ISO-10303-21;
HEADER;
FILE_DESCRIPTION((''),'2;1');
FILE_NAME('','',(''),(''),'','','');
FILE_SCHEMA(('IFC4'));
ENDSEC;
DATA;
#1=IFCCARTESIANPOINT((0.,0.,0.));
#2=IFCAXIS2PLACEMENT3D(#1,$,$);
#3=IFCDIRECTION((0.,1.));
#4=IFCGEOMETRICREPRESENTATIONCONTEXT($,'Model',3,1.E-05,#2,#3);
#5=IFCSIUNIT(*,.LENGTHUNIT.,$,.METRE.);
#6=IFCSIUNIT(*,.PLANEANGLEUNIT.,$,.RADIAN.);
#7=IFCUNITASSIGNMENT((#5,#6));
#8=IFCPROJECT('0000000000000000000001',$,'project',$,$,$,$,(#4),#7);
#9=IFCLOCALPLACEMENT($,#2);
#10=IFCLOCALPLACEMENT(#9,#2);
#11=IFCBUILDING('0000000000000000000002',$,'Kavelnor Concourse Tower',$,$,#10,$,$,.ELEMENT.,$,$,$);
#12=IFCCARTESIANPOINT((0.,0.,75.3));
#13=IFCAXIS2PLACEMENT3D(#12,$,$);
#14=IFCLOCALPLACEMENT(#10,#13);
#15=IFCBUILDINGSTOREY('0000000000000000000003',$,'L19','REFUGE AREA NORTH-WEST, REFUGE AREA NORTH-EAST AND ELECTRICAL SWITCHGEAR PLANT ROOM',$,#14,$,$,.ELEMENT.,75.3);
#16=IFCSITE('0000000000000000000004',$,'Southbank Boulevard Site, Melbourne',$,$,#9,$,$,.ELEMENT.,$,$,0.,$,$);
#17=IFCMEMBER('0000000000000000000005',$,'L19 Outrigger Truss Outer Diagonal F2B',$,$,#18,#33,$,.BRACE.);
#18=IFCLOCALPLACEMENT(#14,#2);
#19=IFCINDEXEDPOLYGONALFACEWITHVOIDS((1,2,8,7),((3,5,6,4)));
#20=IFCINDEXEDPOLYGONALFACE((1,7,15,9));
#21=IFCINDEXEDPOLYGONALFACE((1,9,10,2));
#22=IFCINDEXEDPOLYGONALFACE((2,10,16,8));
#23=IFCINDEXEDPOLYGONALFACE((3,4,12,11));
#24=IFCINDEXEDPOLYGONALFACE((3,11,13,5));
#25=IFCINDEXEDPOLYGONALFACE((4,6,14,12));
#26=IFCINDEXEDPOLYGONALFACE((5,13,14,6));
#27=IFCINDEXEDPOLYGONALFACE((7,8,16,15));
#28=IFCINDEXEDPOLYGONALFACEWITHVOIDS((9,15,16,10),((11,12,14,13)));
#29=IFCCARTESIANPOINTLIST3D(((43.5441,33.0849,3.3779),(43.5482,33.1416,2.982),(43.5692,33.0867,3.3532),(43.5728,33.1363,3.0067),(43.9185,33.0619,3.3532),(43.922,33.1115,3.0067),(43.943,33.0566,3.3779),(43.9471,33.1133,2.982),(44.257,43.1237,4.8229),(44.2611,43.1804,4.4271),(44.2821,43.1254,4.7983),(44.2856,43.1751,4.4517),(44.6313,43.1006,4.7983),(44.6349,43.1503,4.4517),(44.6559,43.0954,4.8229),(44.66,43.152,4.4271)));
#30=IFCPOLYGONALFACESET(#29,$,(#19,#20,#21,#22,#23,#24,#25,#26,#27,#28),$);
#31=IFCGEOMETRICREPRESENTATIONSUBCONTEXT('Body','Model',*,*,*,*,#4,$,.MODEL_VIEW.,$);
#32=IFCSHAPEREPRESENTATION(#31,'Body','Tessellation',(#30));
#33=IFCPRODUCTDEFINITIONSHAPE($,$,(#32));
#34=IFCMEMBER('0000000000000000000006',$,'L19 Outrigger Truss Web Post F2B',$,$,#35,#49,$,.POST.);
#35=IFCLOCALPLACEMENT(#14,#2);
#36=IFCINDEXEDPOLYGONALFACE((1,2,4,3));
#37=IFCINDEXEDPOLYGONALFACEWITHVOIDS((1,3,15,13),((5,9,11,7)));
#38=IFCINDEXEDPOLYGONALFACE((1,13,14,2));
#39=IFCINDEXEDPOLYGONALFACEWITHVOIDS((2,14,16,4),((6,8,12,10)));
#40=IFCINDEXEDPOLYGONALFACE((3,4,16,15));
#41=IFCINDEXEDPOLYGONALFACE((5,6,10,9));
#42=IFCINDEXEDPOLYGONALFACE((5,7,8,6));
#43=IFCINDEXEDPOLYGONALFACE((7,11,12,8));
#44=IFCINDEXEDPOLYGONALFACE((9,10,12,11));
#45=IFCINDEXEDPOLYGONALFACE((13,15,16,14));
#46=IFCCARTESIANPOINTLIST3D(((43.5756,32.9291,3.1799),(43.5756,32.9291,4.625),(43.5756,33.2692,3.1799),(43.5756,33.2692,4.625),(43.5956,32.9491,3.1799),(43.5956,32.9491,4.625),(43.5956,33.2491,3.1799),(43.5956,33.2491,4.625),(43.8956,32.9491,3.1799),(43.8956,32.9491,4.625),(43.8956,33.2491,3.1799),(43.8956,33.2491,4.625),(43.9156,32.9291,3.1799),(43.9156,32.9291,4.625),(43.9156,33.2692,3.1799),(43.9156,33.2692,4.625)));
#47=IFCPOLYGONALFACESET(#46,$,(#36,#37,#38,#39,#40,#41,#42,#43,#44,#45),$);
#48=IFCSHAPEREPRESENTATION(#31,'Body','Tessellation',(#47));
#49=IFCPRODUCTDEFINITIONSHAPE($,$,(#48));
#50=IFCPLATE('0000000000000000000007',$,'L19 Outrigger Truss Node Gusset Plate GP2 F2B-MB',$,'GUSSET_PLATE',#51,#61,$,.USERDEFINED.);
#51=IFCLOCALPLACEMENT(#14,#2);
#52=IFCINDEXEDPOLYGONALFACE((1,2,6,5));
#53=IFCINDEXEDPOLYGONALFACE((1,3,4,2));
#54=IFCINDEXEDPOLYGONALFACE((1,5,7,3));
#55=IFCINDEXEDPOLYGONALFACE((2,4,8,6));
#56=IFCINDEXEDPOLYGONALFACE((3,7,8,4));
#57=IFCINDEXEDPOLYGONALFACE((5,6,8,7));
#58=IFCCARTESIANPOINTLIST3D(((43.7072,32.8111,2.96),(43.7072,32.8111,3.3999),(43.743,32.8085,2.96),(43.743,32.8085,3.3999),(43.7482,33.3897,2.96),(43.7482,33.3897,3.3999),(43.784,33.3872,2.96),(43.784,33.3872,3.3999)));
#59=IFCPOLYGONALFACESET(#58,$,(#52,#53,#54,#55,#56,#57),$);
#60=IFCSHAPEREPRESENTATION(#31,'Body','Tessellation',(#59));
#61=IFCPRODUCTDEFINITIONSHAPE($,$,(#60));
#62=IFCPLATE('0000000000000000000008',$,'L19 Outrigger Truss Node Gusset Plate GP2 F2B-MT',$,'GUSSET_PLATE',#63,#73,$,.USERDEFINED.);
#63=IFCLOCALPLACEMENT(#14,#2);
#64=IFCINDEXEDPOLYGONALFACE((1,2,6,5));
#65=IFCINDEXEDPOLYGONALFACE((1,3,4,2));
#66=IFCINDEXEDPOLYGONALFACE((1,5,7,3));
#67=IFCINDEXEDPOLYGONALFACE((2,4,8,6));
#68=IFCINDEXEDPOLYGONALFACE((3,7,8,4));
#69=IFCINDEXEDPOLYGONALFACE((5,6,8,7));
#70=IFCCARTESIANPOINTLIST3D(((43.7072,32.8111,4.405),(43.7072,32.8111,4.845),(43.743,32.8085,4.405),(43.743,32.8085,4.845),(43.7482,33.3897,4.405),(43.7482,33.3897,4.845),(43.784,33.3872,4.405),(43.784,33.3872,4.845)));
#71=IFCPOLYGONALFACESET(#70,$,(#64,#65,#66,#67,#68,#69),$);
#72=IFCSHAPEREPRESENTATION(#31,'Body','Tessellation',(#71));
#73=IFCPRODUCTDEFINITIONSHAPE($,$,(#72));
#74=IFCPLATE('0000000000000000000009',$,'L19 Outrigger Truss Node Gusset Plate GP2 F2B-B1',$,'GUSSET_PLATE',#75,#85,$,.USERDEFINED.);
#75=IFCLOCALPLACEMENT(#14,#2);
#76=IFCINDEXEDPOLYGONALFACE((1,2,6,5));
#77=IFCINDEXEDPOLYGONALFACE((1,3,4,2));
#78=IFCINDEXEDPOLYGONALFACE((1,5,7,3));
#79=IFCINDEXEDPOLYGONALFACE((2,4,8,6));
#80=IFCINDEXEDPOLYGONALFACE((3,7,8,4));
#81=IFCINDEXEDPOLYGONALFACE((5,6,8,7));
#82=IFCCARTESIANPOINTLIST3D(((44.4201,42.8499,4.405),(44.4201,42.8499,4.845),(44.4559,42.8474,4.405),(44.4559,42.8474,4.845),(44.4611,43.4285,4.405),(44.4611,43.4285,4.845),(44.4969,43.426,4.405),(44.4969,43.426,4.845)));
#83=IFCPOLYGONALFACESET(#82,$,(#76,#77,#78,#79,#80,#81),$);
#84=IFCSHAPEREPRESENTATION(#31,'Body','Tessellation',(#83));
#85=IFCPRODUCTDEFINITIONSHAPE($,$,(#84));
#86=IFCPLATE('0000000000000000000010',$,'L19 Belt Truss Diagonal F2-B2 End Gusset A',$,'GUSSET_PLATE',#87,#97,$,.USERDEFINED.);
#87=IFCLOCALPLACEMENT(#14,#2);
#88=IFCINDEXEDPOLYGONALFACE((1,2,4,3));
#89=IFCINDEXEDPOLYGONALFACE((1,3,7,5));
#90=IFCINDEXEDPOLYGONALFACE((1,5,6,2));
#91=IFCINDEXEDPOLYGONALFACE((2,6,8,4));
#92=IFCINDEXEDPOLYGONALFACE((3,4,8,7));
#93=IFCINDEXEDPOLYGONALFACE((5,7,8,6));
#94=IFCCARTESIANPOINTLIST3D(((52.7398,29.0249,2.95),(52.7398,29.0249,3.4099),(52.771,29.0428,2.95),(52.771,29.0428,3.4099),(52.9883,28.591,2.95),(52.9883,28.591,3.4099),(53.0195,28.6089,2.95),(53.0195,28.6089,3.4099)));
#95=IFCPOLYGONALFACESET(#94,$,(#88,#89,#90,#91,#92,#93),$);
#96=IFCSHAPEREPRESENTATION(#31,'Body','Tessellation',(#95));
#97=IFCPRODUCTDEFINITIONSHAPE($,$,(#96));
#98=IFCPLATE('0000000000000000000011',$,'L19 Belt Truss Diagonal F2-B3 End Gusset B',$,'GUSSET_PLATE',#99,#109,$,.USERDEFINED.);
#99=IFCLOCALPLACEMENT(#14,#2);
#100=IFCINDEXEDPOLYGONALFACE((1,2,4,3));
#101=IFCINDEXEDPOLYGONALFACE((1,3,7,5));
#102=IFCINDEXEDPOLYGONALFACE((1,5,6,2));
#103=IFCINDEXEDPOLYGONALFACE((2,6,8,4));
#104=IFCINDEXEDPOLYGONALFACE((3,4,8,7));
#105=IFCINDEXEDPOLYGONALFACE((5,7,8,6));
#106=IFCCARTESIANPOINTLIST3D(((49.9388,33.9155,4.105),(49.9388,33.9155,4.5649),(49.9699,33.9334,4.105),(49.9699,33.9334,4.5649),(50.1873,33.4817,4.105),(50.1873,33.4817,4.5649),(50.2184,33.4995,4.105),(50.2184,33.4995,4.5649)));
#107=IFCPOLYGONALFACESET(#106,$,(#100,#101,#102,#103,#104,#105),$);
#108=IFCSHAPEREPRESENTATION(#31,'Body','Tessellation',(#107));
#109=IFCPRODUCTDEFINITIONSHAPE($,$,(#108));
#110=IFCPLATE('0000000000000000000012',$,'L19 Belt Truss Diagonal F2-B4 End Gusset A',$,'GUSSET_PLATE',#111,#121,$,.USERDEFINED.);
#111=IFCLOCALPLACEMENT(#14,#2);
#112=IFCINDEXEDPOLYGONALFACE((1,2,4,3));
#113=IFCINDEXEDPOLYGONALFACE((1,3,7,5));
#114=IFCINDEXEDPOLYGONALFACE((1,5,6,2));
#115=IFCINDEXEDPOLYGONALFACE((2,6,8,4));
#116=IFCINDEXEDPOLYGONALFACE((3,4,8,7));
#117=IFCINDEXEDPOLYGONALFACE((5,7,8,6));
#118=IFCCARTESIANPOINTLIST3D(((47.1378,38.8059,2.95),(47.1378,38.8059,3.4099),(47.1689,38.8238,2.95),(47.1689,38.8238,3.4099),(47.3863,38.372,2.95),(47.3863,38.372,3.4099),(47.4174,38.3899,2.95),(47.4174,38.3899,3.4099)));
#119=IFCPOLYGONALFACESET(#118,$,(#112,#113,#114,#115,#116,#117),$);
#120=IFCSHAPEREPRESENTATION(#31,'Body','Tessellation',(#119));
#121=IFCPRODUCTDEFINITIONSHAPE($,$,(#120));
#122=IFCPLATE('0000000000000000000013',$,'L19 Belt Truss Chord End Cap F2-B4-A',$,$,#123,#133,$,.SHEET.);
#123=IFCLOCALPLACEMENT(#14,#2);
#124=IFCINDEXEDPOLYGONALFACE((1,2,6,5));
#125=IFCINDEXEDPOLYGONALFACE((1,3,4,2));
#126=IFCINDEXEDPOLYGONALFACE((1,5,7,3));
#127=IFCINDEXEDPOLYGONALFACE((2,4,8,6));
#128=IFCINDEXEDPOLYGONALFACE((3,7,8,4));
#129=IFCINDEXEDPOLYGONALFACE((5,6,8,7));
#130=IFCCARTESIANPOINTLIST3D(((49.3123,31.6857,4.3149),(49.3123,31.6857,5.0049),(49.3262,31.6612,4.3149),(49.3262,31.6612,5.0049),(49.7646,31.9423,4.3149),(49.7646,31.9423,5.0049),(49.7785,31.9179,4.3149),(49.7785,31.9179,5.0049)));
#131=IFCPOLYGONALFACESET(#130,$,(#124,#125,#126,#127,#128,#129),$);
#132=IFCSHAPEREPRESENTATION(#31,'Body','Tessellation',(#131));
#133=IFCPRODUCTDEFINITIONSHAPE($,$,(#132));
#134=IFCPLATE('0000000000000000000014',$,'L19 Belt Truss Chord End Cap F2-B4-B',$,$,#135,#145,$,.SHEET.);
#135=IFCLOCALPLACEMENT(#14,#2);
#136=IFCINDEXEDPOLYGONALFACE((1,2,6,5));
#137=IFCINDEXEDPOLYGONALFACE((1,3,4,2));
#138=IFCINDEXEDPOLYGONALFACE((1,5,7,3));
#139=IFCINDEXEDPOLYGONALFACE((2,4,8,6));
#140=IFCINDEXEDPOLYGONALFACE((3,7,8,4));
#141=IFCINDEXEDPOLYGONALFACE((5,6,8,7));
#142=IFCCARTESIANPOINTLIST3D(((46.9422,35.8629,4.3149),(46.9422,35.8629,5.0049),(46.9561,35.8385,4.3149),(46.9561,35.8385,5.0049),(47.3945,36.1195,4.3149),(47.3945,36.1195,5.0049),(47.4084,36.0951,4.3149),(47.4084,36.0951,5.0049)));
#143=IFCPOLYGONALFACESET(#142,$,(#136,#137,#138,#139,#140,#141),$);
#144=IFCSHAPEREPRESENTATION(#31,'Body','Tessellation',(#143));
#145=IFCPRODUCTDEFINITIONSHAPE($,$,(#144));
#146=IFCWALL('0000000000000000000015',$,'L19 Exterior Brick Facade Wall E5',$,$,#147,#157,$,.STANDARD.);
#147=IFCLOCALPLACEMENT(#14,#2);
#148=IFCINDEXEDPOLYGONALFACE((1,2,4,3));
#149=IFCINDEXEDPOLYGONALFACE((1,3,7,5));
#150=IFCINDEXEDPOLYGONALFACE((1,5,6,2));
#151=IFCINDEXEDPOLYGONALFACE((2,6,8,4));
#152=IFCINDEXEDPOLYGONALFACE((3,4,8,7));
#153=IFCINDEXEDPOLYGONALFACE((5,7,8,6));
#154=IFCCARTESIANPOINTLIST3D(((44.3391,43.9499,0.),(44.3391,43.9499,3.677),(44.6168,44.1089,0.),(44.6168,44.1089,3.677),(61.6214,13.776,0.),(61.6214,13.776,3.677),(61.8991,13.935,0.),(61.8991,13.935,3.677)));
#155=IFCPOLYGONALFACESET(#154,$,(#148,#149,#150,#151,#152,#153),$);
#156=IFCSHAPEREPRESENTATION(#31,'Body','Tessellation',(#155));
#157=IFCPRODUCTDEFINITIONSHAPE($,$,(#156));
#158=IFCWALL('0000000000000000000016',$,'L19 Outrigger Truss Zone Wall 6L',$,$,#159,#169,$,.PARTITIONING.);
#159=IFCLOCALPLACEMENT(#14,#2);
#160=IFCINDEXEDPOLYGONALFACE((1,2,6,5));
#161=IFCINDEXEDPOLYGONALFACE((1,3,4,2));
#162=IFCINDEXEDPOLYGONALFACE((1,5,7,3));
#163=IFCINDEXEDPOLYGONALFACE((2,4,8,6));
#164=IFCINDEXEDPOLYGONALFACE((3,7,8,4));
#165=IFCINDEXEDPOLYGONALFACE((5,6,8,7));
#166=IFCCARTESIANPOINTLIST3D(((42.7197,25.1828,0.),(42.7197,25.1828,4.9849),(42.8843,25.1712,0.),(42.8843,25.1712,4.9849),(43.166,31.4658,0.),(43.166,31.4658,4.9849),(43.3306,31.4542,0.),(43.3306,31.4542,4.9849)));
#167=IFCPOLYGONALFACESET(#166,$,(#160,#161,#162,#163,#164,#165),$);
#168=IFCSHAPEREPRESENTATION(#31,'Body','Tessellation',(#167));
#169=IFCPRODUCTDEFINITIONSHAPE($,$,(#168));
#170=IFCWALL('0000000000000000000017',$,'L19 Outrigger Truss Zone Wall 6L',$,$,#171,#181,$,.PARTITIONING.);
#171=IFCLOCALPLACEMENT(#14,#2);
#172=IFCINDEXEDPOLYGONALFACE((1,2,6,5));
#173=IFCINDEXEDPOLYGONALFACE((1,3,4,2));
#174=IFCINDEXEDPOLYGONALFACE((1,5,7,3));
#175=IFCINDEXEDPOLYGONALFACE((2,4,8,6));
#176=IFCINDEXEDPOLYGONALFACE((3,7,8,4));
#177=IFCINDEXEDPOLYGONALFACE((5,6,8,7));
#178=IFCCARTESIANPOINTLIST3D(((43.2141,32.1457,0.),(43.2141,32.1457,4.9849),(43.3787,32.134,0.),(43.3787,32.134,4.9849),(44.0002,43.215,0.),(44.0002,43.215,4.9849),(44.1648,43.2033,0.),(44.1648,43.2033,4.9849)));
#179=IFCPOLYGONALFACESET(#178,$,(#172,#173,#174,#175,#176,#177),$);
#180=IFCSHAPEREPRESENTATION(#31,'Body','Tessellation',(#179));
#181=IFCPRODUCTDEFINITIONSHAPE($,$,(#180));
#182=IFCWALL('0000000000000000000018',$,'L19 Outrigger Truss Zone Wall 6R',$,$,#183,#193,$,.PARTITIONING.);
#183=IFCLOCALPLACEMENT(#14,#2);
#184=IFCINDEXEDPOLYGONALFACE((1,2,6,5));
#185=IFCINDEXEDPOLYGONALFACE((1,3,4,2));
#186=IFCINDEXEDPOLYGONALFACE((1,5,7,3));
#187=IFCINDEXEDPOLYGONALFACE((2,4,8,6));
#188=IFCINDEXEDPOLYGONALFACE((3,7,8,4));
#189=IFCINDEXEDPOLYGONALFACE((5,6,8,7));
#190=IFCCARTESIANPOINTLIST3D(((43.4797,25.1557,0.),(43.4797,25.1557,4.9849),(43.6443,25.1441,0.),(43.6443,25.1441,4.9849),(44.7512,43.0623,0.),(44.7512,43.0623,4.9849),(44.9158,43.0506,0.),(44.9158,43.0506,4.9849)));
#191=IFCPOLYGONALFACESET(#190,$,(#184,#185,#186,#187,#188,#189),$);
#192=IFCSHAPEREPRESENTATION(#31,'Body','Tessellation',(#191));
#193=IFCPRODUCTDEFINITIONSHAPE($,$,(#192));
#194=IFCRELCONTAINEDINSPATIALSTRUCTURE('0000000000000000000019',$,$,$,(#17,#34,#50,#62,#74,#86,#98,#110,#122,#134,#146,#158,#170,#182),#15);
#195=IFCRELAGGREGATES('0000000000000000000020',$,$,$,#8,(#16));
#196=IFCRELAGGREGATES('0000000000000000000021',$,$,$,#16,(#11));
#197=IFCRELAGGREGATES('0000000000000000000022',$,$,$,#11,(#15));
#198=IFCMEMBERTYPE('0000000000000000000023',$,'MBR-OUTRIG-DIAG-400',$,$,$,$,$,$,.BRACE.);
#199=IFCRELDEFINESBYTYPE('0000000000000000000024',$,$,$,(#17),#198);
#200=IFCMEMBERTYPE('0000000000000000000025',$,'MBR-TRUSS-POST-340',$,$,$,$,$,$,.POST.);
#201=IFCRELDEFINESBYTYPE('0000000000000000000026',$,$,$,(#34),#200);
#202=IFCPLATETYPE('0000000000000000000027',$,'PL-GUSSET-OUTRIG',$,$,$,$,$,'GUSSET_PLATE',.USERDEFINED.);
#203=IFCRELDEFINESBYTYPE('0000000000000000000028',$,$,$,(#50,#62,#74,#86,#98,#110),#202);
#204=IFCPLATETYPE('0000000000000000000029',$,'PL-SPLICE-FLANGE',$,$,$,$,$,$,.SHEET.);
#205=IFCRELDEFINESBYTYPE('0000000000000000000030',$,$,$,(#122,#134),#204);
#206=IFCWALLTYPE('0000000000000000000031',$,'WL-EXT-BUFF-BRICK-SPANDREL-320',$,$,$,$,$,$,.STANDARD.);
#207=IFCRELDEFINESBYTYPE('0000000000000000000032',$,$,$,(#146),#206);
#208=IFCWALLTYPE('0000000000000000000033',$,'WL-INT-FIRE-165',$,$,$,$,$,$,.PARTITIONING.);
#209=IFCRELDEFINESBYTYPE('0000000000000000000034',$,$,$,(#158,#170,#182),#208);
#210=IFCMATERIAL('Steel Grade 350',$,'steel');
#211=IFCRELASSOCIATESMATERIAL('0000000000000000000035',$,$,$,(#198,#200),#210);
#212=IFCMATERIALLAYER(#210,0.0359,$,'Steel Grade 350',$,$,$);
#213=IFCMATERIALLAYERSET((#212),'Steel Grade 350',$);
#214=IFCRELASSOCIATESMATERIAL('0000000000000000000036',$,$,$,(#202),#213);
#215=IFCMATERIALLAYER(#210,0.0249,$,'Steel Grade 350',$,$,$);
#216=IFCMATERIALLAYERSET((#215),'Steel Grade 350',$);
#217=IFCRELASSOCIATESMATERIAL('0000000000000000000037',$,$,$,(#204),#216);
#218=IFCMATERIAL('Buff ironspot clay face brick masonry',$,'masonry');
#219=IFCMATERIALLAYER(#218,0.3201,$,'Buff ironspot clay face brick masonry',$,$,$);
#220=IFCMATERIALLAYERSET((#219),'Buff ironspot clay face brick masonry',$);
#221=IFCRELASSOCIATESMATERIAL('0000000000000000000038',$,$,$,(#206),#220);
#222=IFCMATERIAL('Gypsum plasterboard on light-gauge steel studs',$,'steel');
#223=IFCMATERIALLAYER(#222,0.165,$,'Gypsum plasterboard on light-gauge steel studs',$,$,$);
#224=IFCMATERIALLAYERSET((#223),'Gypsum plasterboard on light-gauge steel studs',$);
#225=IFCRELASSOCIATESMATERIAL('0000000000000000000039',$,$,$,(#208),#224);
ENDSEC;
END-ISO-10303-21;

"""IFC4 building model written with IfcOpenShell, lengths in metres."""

from ifc_helpers import new_model, si_unit, direction, frame, frame_2d, origin, origin_2d, place, context, subcontext, project, spatial, rectangle, hollow_rectangle, extrude, material, layer, layer_set, material_profile, profile_set, type_object, element, save


model = new_model("IFC4")

# Units and contexts
model_context = context("Model", 3, precision=1e-05, world=origin(), true_north=direction((0.0, 1.0)))
body_context = subcontext(model_context, "Body", "Model", "MODEL_VIEW")
ifc_project = project(units=[si_unit("LENGTHUNIT", "METRE"), si_unit("PLANEANGLEUNIT", "RADIAN")], contexts=[model_context])

# Site, building, storey
site_placement = place(None, origin())
site = spatial("IfcSite", under=ifc_project, at=site_placement, Name="Southbank Boulevard Site, Melbourne", CompositionType="ELEMENT", RefElevation=0.0)
building_placement = place(site_placement, origin())
building = spatial("IfcBuilding", under=site, at=building_placement, Name="Kavelnor Concourse Tower", CompositionType="ELEMENT")
storey_placement = place(building_placement, frame((0.0, 0.0, 75.3)))
storey = spatial("IfcBuildingStorey", under=building, at=storey_placement, Name="L19", Description="REFUGE AREA NORTH-WEST, REFUGE AREA NORTH-EAST AND ELECTRICAL SWITCHGEAR PLANT ROOM", CompositionType="ELEMENT", Elevation=75.3)

# Shared definitions
ifc_material_1 = material(Name="Steel Grade 350", Category="steel")

# Members
ifc_material_profile_1 = material_profile(ifc_material_1, hollow_rectangle(XDim=0.3999, YDim=0.3999, WallThickness=0.0249, at=origin_2d()), Name="SHS 400x400x25")
ifc_profile_set_1 = profile_set([ifc_material_profile_1], Name="Steel Grade 350")
member_type_1 = type_object("IfcMemberType", Name="MBR-OUTRIG-DIAG-400", PredefinedType="BRACE", material=ifc_profile_set_1)
member_1_placement = place(storey_placement, frame((43.7456, 33.0991, 3.1799), z_axis=(0.070116, 0.987362, 0.142129), x_axis=(-0.997488, 0.070835, 0.0)))
element("IfcMember", 1, at=member_1_placement, inside=storey, type_object=member_type_1, Name="L19 Outrigger Truss Outer Diagonal F2B", PredefinedType="BRACE", context=body_context, shape_type="SweptSolid", body=[
    extrude(hollow_rectangle(XDim=0.3999, YDim=0.3999, WallThickness=0.0249, at=origin_2d()), origin(), (0.0, 0.0, 1.0), 10.1672),
])
ifc_material_profile_2 = material_profile(ifc_material_1, hollow_rectangle(XDim=0.3401, YDim=0.3401, WallThickness=0.02, at=origin_2d()), Name="SHS 340x340x20")
ifc_profile_set_2 = profile_set([ifc_material_profile_2], Name="Steel Grade 350")
member_type_2 = type_object("IfcMemberType", Name="MBR-TRUSS-POST-340", PredefinedType="POST", material=ifc_profile_set_2)
member_2_placement = place(storey_placement, frame((43.7456, 33.0991, 3.1799), z_axis=(0.0, 0.0, 1.0), x_axis=(1.0, 0.0, 0.0)))
element("IfcMember", 2, at=member_2_placement, inside=storey, type_object=member_type_2, Name="L19 Outrigger Truss Web Post F2B", PredefinedType="POST", context=body_context, shape_type="SweptSolid", body=[
    extrude(hollow_rectangle(XDim=0.3401, YDim=0.3401, WallThickness=0.02, at=origin_2d()), origin(), (0.0, 0.0, 1.0), 1.4451),
])

# Plates
ifc_layer_1 = layer(ifc_material_1, 0.0359, Name="Steel Grade 350")
ifc_layer_set_1 = layer_set([ifc_layer_1], Name="Steel Grade 350")
plate_type_1 = type_object("IfcPlateType", Name="PL-GUSSET-OUTRIG", ElementType="GUSSET_PLATE", PredefinedType="USERDEFINED", material=ifc_layer_set_1)
for number, where, z_axis, x_axis, name in (
    (3, (43.7456, 33.0991, 2.96), (0.0, 0.0, 1.0), (0.070801, 0.99749, 0.0), "L19 Outrigger Truss Node Gusset Plate GP2 F2B-MB"),
    (4, (43.7456, 33.0991, 4.405), (0.0, 0.0, 1.0), (0.070801, 0.99749, 0.0), "L19 Outrigger Truss Node Gusset Plate GP2 F2B-MT"),
    (5, (44.4585, 43.1379, 4.405), (0.0, 0.0, 1.0), (0.070801, 0.99749, 0.0), "L19 Outrigger Truss Node Gusset Plate GP2 F2B-B1"),
):
    element("IfcPlate", number, at=place(storey_placement, frame(where, z_axis=z_axis, x_axis=x_axis)), inside=storey, type_object=plate_type_1, Name=name, ObjectType="GUSSET_PLATE", PredefinedType="USERDEFINED", context=body_context, shape_type="SweptSolid", body=[
        extrude(rectangle(XDim=0.5801, YDim=0.0359, at=origin_2d()), origin(), (0.0, 0.0, 1.0), 0.4399),
    ])
for number, where, z_axis, x_axis, name in (
    (6, (52.8796, 28.8169, 2.95), (0.0, 0.0, 1.0), (0.496974, -0.867765, 0.0), "L19 Belt Truss Diagonal F2-B2 End Gusset A"),
    (7, (50.0786, 33.7075, 4.105), (0.0, 0.0, 1.0), (-0.496974, 0.867765, 0.0), "L19 Belt Truss Diagonal F2-B3 End Gusset B"),
    (8, (47.2776, 38.5979, 2.95), (0.0, 0.0, 1.0), (0.496974, -0.867765, 0.0), "L19 Belt Truss Diagonal F2-B4 End Gusset A"),
):
    element("IfcPlate", number, at=place(storey_placement, frame(where, z_axis=z_axis, x_axis=x_axis)), inside=storey, type_object=plate_type_1, Name=name, ObjectType="GUSSET_PLATE", PredefinedType="USERDEFINED", context=body_context, shape_type="SweptSolid", body=[
        extrude(rectangle(XDim=0.5, YDim=0.0359, at=origin_2d()), origin(), (0.0, 0.0, 1.0), 0.46),
    ])
ifc_layer_2 = layer(ifc_material_1, 0.0249, Name="Steel Grade 350")
ifc_layer_set_2 = layer_set([ifc_layer_2], Name="Steel Grade 350")
plate_type_2 = type_object("IfcPlateType", Name="PL-SPLICE-FLANGE", PredefinedType="SHEET", material=ifc_layer_set_2)
for number, where, z_axis, x_axis, name in (
    (9, (49.5454, 31.8018, 4.3149), (0.0, 0.0, 1.0), (0.869753, 0.493487, 0.0), "L19 Belt Truss Chord End Cap F2-B4-A"),
    (10, (47.1753, 35.979, 4.3149), (0.0, 0.0, 1.0), (-0.869753, -0.493487, 0.0), "L19 Belt Truss Chord End Cap F2-B4-B"),
):
    element("IfcPlate", number, at=place(storey_placement, frame(where, z_axis=z_axis, x_axis=x_axis)), inside=storey, type_object=plate_type_2, Name=name, PredefinedType="SHEET", context=body_context, shape_type="SweptSolid", body=[
        extrude(rectangle(XDim=0.52, YDim=0.0281, at=origin_2d()), origin(), (0.0, 0.0, 1.0), 0.6899),
    ])

# Walls
ifc_material_2 = material(Name="Buff ironspot clay face brick masonry", Category="masonry")
ifc_layer_3 = layer(ifc_material_2, 0.3201, Name="Buff ironspot clay face brick masonry")
ifc_layer_set_3 = layer_set([ifc_layer_3], Name="Buff ironspot clay face brick masonry")
wall_type_1 = type_object("IfcWallType", Name="WL-EXT-BUFF-BRICK-SPANDREL-320", PredefinedType="STANDARD", material=ifc_layer_set_3)
wall_1_placement = place(storey_placement, frame((44.478, 44.0293, 0.0), z_axis=(0.0, 0.0, 1.0), x_axis=(0.497007, -0.867747, 0.0)))
element("IfcWall", 11, at=wall_1_placement, inside=storey, type_object=wall_type_1, Name="L19 Exterior Brick Facade Wall E5", PredefinedType="STANDARD", context=body_context, shape_type="SweptSolid", body=[
    extrude(rectangle(XDim=34.7727, YDim=0.3201, at=frame_2d((17.3862, 0.0))), origin(), (0.0, 0.0, 1.0), 3.677),
])
ifc_material_3 = material(Name="Gypsum plasterboard on light-gauge steel studs", Category="steel")
ifc_layer_4 = layer(ifc_material_3, 0.165, Name="Gypsum plasterboard on light-gauge steel studs")
ifc_layer_set_4 = layer_set([ifc_layer_4], Name="Gypsum plasterboard on light-gauge steel studs")
wall_type_2 = type_object("IfcWallType", Name="WL-INT-FIRE-165", PredefinedType="PARTITIONING", material=ifc_layer_set_4)
wall_2_placement = place(storey_placement, frame((42.802, 25.177, 0.0), z_axis=(0.0, 0.0, 1.0), x_axis=(0.070853, 0.997487, 0.0)))
element("IfcWall", 12, at=wall_2_placement, inside=storey, type_object=wall_type_2, Name="L19 Outrigger Truss Zone Wall 6L", PredefinedType="PARTITIONING", context=body_context, shape_type="SweptSolid", body=[
    extrude(rectangle(XDim=6.2988, YDim=0.165, at=frame_2d((3.1494, 0.0))), origin(), (0.0, 0.0, 1.0), 4.9849),
])
wall_3_placement = place(storey_placement, frame((43.2964, 32.1399, 0.0), z_axis=(0.0, 0.0, 1.0), x_axis=(0.070841, 0.997488, 0.0)))
element("IfcWall", 13, at=wall_3_placement, inside=storey, type_object=wall_type_2, Name="L19 Outrigger Truss Zone Wall 6L", PredefinedType="PARTITIONING", context=body_context, shape_type="SweptSolid", body=[
    extrude(rectangle(XDim=11.0972, YDim=0.165, at=frame_2d((5.5486, 0.0))), origin(), (0.0, 0.0, 1.0), 4.9849),
])
wall_4_placement = place(storey_placement, frame((43.562, 25.1499, 0.0), z_axis=(0.0, 0.0, 1.0), x_axis=(0.070829, 0.997489, 0.0)))
element("IfcWall", 14, at=wall_4_placement, inside=storey, type_object=wall_type_2, Name="L19 Outrigger Truss Zone Wall 6R", PredefinedType="PARTITIONING", context=body_context, shape_type="SweptSolid", body=[
    extrude(rectangle(XDim=17.9517, YDim=0.165, at=frame_2d((8.9758, 0.0))), origin(), (0.0, 0.0, 1.0), 4.9849),
])

save(model, "model.ifc")
